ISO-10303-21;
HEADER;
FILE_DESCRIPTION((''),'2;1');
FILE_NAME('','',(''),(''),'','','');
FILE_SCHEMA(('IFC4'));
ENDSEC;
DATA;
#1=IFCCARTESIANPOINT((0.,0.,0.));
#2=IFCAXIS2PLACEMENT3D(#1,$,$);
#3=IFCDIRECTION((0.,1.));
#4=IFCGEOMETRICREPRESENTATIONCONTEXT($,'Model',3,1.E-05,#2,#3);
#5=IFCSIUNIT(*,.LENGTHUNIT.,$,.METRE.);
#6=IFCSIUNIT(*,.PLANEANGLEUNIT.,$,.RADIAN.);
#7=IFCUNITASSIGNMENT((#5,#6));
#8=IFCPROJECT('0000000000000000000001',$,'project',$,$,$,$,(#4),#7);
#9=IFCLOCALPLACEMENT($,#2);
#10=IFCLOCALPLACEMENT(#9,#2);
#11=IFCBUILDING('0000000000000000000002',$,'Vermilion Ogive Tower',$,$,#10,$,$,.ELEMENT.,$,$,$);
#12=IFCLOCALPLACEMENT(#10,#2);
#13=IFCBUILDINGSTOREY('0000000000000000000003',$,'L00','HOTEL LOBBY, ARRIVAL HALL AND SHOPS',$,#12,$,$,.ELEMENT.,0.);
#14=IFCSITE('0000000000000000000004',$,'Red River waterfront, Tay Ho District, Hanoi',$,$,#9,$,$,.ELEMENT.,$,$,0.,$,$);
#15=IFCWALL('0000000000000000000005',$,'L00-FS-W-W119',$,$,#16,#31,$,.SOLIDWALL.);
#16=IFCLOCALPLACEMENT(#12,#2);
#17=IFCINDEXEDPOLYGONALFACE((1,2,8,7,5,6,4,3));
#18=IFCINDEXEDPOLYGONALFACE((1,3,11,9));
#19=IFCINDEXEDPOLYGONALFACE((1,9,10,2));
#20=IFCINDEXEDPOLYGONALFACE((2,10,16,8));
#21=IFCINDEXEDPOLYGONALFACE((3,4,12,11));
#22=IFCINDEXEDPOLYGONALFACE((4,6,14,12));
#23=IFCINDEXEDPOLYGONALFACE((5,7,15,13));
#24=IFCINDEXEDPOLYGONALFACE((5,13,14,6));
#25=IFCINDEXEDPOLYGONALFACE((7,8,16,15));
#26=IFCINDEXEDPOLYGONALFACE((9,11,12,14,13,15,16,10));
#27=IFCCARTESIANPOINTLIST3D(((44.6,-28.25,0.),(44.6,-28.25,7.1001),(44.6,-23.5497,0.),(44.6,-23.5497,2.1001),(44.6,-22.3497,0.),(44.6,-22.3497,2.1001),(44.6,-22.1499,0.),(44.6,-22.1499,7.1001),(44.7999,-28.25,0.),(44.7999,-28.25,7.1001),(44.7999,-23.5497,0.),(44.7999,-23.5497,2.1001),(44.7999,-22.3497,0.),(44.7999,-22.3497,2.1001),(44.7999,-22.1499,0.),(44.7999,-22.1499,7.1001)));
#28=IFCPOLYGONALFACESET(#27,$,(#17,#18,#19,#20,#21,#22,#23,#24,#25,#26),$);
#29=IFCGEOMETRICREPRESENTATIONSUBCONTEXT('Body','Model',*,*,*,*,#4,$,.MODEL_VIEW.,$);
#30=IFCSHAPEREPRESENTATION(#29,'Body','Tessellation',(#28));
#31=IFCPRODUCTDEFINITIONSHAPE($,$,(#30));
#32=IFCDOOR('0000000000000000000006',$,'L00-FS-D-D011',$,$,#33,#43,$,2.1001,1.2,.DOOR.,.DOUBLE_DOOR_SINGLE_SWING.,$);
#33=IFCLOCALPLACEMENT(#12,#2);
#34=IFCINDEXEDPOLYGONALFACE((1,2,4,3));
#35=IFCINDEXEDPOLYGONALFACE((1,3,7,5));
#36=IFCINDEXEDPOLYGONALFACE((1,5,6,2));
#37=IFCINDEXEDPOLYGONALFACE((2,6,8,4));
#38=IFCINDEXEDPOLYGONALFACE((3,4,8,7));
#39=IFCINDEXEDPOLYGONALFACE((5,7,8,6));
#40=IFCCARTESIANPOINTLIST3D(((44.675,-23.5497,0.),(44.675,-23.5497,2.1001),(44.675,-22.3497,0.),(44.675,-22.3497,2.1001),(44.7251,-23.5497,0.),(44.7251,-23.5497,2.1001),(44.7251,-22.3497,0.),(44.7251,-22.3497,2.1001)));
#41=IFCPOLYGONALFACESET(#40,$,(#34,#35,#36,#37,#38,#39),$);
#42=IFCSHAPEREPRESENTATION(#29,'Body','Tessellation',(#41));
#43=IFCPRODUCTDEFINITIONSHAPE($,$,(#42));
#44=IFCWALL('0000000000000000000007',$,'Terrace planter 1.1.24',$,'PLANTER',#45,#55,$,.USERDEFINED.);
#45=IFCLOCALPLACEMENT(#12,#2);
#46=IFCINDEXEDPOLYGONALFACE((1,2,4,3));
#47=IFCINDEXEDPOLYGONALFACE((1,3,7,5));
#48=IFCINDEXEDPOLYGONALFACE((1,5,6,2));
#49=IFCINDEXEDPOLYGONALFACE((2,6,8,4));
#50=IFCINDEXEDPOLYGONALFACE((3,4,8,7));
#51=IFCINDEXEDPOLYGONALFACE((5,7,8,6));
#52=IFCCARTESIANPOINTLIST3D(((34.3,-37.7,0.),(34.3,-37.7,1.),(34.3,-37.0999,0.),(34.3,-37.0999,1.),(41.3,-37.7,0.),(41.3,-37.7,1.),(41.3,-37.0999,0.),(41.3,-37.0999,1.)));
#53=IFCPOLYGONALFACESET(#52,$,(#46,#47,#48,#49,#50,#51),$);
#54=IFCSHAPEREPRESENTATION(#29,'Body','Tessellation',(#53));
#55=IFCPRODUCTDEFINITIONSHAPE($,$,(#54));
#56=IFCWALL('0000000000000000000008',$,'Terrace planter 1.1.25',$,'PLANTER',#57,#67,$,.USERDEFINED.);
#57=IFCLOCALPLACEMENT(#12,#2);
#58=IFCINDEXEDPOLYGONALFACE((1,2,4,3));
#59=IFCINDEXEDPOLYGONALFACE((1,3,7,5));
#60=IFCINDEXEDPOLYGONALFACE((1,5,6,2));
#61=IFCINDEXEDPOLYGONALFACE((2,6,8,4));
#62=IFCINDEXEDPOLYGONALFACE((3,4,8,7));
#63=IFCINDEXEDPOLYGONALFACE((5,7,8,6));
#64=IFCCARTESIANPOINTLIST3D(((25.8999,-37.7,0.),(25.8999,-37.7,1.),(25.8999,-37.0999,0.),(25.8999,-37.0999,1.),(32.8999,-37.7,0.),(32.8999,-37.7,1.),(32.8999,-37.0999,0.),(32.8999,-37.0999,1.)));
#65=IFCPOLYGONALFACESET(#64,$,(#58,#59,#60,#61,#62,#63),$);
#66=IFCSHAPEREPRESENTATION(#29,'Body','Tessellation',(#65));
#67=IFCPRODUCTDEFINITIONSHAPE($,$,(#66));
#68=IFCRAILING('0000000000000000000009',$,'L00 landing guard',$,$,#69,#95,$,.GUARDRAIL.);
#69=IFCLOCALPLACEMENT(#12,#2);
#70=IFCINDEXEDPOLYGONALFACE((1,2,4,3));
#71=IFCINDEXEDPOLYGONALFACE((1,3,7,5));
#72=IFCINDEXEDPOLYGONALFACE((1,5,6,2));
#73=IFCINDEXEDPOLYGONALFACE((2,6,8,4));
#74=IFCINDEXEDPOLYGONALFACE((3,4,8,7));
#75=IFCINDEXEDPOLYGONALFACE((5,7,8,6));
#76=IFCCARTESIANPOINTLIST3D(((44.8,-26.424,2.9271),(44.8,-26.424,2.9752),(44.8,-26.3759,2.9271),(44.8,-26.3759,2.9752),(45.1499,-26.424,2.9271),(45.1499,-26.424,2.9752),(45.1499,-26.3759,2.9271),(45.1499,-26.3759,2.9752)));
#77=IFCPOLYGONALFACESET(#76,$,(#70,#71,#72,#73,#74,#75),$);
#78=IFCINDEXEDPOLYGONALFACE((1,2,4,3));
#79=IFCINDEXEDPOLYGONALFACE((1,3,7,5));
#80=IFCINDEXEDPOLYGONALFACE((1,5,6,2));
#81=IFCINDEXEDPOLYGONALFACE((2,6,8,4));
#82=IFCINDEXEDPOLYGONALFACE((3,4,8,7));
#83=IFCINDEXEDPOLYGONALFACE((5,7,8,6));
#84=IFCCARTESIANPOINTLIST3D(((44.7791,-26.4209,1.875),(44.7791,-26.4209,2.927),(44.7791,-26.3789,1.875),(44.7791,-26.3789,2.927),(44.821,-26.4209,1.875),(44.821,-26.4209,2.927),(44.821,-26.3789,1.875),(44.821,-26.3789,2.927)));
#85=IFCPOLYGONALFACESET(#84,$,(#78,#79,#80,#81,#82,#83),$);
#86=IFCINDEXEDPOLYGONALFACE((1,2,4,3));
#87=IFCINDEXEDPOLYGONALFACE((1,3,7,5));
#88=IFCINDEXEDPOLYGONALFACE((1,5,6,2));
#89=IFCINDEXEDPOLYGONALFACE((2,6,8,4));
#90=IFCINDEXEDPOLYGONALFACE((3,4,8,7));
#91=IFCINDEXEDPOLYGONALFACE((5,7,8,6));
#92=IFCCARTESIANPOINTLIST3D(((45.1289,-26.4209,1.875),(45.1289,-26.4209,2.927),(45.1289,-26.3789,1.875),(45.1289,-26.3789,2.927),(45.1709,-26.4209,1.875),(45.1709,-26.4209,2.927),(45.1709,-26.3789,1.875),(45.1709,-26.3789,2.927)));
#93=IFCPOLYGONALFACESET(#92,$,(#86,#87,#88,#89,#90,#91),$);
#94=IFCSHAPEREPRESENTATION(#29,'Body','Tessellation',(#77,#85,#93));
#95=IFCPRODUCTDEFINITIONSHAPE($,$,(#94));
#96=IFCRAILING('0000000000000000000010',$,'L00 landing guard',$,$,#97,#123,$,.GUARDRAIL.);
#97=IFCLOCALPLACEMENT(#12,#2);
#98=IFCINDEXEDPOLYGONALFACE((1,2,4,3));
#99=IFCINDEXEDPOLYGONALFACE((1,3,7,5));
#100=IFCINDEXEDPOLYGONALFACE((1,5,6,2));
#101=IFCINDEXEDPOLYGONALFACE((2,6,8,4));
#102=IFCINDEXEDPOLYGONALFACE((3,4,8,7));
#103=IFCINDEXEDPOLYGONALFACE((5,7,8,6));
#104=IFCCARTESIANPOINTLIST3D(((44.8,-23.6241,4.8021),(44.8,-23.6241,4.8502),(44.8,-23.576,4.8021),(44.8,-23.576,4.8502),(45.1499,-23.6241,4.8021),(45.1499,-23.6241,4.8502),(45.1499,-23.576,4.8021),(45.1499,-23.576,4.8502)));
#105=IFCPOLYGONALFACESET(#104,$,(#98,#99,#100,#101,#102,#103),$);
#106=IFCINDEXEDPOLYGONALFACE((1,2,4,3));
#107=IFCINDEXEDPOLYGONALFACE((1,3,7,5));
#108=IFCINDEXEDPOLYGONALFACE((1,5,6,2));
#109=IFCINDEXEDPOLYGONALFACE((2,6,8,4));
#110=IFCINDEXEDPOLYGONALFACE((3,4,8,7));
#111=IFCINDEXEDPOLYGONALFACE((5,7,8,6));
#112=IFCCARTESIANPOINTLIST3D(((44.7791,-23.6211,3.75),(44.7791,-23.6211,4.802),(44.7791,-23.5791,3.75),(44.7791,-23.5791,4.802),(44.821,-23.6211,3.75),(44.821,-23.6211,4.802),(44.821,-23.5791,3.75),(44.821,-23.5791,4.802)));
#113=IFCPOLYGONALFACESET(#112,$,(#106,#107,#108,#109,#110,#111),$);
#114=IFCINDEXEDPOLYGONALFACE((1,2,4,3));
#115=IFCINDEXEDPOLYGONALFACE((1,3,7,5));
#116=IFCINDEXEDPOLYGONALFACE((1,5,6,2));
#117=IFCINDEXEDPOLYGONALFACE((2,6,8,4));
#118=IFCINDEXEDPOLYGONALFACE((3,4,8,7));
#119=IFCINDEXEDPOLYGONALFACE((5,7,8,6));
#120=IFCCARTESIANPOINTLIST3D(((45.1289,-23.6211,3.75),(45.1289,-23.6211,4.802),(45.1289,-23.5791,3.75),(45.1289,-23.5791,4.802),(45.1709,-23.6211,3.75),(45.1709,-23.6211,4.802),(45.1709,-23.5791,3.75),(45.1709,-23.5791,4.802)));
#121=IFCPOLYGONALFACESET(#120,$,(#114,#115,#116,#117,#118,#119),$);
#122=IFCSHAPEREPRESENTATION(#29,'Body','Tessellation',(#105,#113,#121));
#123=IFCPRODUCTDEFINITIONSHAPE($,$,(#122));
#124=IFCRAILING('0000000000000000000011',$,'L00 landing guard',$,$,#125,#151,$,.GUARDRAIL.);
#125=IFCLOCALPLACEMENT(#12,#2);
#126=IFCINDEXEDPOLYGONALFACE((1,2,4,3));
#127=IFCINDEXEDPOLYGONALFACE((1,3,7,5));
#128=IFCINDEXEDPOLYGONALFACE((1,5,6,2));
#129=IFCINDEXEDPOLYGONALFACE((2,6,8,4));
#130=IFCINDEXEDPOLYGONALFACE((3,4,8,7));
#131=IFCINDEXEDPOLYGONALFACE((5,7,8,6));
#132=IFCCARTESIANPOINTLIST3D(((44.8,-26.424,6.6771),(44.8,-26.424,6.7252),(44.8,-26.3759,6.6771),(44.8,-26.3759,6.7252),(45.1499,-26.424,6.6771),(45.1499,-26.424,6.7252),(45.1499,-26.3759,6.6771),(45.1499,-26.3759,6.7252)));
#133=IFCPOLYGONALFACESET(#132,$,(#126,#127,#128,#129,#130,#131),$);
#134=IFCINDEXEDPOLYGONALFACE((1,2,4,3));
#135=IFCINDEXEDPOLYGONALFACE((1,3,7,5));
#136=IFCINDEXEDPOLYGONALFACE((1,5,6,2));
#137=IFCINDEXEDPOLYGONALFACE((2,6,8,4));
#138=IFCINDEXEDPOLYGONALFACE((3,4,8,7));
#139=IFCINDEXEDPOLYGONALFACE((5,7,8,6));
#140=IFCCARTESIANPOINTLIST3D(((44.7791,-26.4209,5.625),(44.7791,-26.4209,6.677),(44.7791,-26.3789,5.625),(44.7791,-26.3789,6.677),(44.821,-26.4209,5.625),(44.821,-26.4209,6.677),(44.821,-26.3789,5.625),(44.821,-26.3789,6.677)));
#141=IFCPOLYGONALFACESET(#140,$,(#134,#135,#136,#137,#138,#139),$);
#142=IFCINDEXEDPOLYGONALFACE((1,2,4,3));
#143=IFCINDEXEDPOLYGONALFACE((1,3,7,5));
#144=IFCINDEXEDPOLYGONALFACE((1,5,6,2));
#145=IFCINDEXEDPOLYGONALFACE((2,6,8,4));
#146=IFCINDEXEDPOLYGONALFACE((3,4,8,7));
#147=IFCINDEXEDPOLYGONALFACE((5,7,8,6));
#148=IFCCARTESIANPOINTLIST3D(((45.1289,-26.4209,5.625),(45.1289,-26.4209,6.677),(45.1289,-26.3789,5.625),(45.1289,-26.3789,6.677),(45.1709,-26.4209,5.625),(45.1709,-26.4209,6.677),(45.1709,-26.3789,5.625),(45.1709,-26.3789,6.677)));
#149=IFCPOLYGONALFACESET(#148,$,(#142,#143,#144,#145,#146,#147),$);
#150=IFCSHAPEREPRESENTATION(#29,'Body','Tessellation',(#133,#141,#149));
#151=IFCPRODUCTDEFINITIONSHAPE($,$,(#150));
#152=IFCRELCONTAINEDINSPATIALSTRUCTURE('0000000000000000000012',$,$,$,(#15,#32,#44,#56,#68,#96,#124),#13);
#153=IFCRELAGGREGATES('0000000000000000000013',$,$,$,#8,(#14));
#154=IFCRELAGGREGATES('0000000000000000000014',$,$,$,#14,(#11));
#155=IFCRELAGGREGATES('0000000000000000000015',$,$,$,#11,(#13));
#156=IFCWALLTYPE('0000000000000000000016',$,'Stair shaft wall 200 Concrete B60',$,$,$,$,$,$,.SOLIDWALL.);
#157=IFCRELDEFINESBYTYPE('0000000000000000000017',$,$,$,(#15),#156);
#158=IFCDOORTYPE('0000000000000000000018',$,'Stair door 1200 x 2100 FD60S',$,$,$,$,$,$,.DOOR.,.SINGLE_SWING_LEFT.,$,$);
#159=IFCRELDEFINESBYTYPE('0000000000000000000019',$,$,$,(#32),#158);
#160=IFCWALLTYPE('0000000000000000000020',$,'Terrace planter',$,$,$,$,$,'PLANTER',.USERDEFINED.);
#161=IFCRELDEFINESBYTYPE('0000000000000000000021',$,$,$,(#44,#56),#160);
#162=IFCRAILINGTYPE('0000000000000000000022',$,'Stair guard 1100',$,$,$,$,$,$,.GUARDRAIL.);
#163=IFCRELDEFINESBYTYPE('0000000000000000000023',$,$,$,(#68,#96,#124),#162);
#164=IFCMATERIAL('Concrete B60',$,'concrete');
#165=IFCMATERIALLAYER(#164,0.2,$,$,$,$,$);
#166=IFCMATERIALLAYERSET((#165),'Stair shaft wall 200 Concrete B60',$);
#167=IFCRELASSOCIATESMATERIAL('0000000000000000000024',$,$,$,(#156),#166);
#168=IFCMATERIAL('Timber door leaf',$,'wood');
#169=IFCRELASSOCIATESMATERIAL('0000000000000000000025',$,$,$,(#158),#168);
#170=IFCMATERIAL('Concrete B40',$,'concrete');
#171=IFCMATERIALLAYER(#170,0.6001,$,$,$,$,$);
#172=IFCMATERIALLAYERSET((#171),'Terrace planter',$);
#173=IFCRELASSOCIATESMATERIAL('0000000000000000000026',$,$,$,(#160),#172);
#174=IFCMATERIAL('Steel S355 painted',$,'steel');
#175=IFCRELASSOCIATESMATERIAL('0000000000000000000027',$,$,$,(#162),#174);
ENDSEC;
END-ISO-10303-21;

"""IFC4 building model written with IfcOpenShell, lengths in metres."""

from ifc_helpers import new_model, si_unit, direction, frame, frame_2d, origin, origin_2d, place, context, subcontext, project, spatial, rectangle, extrude, material, layer, layer_set, type_object, element, fill, save


model = new_model("IFC4")

# Units and contexts
model_context = context("Model", 3, precision=1e-05, world=origin(), true_north=direction((0.0, 1.0)))
body_context = subcontext(model_context, "Body", "Model", "MODEL_VIEW")
ifc_project = project(units=[si_unit("LENGTHUNIT", "METRE"), si_unit("PLANEANGLEUNIT", "RADIAN")], contexts=[model_context])

# Site, building, storey
site_placement = place(None, origin())
site = spatial("IfcSite", under=ifc_project, at=site_placement, Name="Red River waterfront, Tay Ho District, Hanoi", CompositionType="ELEMENT", RefElevation=0.0)
building_placement = place(site_placement, origin())
building = spatial("IfcBuilding", under=site, at=building_placement, Name="Vermilion Ogive Tower", CompositionType="ELEMENT")
storey_placement = place(building_placement, origin())
storey = spatial("IfcBuildingStorey", under=building, at=storey_placement, Name="L00", Description="HOTEL LOBBY, ARRIVAL HALL AND SHOPS", CompositionType="ELEMENT", Elevation=0.0)

# Shared definitions
ifc_material_1 = material(Name="Concrete B60", Category="concrete")
ifc_layer_1 = layer(ifc_material_1, 0.2)
ifc_layer_set_1 = layer_set([ifc_layer_1], Name="Stair shaft wall 200 Concrete B60")
wall_type_1 = type_object("IfcWallType", Name="Stair shaft wall 200 Concrete B60", PredefinedType="SOLIDWALL", material=ifc_layer_set_1)

# Wall, opening, door
wall_1_placement = place(storey_placement, frame((44.7, -28.25, 0.0), z_axis=(0.0, 0.0, 1.0), x_axis=(0.0, 1.0, 0.0)))
wall_1 = element("IfcWall", 1, at=wall_1_placement, inside=storey, type_object=wall_type_1, Name="L00-FS-W-W119", PredefinedType="SOLIDWALL", context=body_context, shape_type="SweptSolid", body=[
    extrude(rectangle(XDim=6.1001, YDim=0.2, at=frame_2d((3.05, 0.0))), origin(), (0.0, 0.0, 1.0), 7.1001),
])
opening_1_placement = place(wall_1_placement, frame((4.7002, 0.0, 0.0)))
opening_1 = element("IfcOpeningElement", 2, at=opening_1_placement, cuts=wall_1, PredefinedType="OPENING", context=body_context, shape_type="SweptSolid", body=[
    extrude(rectangle(XDim=1.2, YDim=2.1001, at=frame_2d((0.6001, 1.05))), frame((0.0, 0.1099, 0.0), z_axis=(0.0, -1.0, 0.0), x_axis=(1.0, 0.0, 0.0)), (0.0, 0.0, 1.0), 0.22),
])
ifc_material_2 = material(Name="Timber door leaf", Category="wood")
door_type_1 = type_object("IfcDoorType", Name="Stair door 1200 x 2100 FD60S", OperationType="SINGLE_SWING_LEFT", PredefinedType="DOOR", material=ifc_material_2)
door_1_placement = place(opening_1_placement, origin())
door_1 = element("IfcDoor", 3, at=door_1_placement, inside=storey, type_object=door_type_1, Name="L00-FS-D-D011", OperationType="DOUBLE_DOOR_SINGLE_SWING", OverallHeight=2.1001, OverallWidth=1.2, PredefinedType="DOOR", context=body_context, shape_type="SweptSolid", body=[
    extrude(rectangle(XDim=1.2, YDim=2.1001, at=frame_2d((0.6001, 1.05))), frame((0.0, 0.0249, 0.0), z_axis=(0.0, -1.0, 0.0), x_axis=(1.0, 0.0, 0.0)), (0.0, 0.0, 1.0), 0.05),
])
fill(opening_1, door_1)

# Walls
ifc_material_3 = material(Name="Concrete B40", Category="concrete")
ifc_layer_2 = layer(ifc_material_3, 0.6001)
ifc_layer_set_2 = layer_set([ifc_layer_2], Name="Terrace planter")
wall_type_2 = type_object("IfcWallType", Name="Terrace planter", ElementType="PLANTER", PredefinedType="USERDEFINED", material=ifc_layer_set_2)
for number, where, z_axis, x_axis, name in (
    (4, (41.3, -37.3999, 0.0), (0.0, 0.0, 1.0), (-1.0, 0.0, 0.0), "Terrace planter 1.1.24"),
    (5, (32.8999, -37.3999, 0.0), (0.0, 0.0, 1.0), (-1.0, 0.0, 0.0), "Terrace planter 1.1.25"),
):
    element("IfcWall", number, at=place(storey_placement, frame(where, z_axis=z_axis, x_axis=x_axis)), inside=storey, type_object=wall_type_2, Name=name, ObjectType="PLANTER", PredefinedType="USERDEFINED", context=body_context, shape_type="SweptSolid", body=[
        extrude(rectangle(XDim=7.0, YDim=0.6001, at=frame_2d((3.5, 0.0))), origin(), (0.0, 0.0, 1.0), 1.0),
    ])

# Railings
ifc_material_4 = material(Name="Steel S355 painted", Category="steel")
railing_type = type_object("IfcRailingType", Name="Stair guard 1100", PredefinedType="GUARDRAIL", material=ifc_material_4)
for number, where, name in (
    (6, (44.8, -26.3999, 1.875), "L00 landing guard"),
    (7, (44.8, -23.6001, 3.75), "L00 landing guard"),
    (8, (44.8, -26.3999, 5.625), "L00 landing guard"),
):
    element("IfcRailing", number, at=place(storey_placement, frame(where)), inside=storey, type_object=railing_type, Name=name, PredefinedType="GUARDRAIL", context=body_context, shape_type="SweptSolid", body=[
        extrude(rectangle(XDim=0.0481, YDim=0.0481, at=origin_2d()), frame((0.0, 0.0, 1.0762), z_axis=(1.0, 0.0, 0.0), x_axis=(0.0, 1.0, 0.0)), (0.0, 0.0, 1.0), 0.3499),
        extrude(rectangle(XDim=0.042, YDim=0.042, at=origin_2d()), origin(), (0.0, 0.0, 1.0), 1.052),
        extrude(rectangle(XDim=0.042, YDim=0.042, at=origin_2d()), frame((0.3499, 0.0, 0.0)), (0.0, 0.0, 1.0), 1.052),
    ])

save(model, "model.ifc")
